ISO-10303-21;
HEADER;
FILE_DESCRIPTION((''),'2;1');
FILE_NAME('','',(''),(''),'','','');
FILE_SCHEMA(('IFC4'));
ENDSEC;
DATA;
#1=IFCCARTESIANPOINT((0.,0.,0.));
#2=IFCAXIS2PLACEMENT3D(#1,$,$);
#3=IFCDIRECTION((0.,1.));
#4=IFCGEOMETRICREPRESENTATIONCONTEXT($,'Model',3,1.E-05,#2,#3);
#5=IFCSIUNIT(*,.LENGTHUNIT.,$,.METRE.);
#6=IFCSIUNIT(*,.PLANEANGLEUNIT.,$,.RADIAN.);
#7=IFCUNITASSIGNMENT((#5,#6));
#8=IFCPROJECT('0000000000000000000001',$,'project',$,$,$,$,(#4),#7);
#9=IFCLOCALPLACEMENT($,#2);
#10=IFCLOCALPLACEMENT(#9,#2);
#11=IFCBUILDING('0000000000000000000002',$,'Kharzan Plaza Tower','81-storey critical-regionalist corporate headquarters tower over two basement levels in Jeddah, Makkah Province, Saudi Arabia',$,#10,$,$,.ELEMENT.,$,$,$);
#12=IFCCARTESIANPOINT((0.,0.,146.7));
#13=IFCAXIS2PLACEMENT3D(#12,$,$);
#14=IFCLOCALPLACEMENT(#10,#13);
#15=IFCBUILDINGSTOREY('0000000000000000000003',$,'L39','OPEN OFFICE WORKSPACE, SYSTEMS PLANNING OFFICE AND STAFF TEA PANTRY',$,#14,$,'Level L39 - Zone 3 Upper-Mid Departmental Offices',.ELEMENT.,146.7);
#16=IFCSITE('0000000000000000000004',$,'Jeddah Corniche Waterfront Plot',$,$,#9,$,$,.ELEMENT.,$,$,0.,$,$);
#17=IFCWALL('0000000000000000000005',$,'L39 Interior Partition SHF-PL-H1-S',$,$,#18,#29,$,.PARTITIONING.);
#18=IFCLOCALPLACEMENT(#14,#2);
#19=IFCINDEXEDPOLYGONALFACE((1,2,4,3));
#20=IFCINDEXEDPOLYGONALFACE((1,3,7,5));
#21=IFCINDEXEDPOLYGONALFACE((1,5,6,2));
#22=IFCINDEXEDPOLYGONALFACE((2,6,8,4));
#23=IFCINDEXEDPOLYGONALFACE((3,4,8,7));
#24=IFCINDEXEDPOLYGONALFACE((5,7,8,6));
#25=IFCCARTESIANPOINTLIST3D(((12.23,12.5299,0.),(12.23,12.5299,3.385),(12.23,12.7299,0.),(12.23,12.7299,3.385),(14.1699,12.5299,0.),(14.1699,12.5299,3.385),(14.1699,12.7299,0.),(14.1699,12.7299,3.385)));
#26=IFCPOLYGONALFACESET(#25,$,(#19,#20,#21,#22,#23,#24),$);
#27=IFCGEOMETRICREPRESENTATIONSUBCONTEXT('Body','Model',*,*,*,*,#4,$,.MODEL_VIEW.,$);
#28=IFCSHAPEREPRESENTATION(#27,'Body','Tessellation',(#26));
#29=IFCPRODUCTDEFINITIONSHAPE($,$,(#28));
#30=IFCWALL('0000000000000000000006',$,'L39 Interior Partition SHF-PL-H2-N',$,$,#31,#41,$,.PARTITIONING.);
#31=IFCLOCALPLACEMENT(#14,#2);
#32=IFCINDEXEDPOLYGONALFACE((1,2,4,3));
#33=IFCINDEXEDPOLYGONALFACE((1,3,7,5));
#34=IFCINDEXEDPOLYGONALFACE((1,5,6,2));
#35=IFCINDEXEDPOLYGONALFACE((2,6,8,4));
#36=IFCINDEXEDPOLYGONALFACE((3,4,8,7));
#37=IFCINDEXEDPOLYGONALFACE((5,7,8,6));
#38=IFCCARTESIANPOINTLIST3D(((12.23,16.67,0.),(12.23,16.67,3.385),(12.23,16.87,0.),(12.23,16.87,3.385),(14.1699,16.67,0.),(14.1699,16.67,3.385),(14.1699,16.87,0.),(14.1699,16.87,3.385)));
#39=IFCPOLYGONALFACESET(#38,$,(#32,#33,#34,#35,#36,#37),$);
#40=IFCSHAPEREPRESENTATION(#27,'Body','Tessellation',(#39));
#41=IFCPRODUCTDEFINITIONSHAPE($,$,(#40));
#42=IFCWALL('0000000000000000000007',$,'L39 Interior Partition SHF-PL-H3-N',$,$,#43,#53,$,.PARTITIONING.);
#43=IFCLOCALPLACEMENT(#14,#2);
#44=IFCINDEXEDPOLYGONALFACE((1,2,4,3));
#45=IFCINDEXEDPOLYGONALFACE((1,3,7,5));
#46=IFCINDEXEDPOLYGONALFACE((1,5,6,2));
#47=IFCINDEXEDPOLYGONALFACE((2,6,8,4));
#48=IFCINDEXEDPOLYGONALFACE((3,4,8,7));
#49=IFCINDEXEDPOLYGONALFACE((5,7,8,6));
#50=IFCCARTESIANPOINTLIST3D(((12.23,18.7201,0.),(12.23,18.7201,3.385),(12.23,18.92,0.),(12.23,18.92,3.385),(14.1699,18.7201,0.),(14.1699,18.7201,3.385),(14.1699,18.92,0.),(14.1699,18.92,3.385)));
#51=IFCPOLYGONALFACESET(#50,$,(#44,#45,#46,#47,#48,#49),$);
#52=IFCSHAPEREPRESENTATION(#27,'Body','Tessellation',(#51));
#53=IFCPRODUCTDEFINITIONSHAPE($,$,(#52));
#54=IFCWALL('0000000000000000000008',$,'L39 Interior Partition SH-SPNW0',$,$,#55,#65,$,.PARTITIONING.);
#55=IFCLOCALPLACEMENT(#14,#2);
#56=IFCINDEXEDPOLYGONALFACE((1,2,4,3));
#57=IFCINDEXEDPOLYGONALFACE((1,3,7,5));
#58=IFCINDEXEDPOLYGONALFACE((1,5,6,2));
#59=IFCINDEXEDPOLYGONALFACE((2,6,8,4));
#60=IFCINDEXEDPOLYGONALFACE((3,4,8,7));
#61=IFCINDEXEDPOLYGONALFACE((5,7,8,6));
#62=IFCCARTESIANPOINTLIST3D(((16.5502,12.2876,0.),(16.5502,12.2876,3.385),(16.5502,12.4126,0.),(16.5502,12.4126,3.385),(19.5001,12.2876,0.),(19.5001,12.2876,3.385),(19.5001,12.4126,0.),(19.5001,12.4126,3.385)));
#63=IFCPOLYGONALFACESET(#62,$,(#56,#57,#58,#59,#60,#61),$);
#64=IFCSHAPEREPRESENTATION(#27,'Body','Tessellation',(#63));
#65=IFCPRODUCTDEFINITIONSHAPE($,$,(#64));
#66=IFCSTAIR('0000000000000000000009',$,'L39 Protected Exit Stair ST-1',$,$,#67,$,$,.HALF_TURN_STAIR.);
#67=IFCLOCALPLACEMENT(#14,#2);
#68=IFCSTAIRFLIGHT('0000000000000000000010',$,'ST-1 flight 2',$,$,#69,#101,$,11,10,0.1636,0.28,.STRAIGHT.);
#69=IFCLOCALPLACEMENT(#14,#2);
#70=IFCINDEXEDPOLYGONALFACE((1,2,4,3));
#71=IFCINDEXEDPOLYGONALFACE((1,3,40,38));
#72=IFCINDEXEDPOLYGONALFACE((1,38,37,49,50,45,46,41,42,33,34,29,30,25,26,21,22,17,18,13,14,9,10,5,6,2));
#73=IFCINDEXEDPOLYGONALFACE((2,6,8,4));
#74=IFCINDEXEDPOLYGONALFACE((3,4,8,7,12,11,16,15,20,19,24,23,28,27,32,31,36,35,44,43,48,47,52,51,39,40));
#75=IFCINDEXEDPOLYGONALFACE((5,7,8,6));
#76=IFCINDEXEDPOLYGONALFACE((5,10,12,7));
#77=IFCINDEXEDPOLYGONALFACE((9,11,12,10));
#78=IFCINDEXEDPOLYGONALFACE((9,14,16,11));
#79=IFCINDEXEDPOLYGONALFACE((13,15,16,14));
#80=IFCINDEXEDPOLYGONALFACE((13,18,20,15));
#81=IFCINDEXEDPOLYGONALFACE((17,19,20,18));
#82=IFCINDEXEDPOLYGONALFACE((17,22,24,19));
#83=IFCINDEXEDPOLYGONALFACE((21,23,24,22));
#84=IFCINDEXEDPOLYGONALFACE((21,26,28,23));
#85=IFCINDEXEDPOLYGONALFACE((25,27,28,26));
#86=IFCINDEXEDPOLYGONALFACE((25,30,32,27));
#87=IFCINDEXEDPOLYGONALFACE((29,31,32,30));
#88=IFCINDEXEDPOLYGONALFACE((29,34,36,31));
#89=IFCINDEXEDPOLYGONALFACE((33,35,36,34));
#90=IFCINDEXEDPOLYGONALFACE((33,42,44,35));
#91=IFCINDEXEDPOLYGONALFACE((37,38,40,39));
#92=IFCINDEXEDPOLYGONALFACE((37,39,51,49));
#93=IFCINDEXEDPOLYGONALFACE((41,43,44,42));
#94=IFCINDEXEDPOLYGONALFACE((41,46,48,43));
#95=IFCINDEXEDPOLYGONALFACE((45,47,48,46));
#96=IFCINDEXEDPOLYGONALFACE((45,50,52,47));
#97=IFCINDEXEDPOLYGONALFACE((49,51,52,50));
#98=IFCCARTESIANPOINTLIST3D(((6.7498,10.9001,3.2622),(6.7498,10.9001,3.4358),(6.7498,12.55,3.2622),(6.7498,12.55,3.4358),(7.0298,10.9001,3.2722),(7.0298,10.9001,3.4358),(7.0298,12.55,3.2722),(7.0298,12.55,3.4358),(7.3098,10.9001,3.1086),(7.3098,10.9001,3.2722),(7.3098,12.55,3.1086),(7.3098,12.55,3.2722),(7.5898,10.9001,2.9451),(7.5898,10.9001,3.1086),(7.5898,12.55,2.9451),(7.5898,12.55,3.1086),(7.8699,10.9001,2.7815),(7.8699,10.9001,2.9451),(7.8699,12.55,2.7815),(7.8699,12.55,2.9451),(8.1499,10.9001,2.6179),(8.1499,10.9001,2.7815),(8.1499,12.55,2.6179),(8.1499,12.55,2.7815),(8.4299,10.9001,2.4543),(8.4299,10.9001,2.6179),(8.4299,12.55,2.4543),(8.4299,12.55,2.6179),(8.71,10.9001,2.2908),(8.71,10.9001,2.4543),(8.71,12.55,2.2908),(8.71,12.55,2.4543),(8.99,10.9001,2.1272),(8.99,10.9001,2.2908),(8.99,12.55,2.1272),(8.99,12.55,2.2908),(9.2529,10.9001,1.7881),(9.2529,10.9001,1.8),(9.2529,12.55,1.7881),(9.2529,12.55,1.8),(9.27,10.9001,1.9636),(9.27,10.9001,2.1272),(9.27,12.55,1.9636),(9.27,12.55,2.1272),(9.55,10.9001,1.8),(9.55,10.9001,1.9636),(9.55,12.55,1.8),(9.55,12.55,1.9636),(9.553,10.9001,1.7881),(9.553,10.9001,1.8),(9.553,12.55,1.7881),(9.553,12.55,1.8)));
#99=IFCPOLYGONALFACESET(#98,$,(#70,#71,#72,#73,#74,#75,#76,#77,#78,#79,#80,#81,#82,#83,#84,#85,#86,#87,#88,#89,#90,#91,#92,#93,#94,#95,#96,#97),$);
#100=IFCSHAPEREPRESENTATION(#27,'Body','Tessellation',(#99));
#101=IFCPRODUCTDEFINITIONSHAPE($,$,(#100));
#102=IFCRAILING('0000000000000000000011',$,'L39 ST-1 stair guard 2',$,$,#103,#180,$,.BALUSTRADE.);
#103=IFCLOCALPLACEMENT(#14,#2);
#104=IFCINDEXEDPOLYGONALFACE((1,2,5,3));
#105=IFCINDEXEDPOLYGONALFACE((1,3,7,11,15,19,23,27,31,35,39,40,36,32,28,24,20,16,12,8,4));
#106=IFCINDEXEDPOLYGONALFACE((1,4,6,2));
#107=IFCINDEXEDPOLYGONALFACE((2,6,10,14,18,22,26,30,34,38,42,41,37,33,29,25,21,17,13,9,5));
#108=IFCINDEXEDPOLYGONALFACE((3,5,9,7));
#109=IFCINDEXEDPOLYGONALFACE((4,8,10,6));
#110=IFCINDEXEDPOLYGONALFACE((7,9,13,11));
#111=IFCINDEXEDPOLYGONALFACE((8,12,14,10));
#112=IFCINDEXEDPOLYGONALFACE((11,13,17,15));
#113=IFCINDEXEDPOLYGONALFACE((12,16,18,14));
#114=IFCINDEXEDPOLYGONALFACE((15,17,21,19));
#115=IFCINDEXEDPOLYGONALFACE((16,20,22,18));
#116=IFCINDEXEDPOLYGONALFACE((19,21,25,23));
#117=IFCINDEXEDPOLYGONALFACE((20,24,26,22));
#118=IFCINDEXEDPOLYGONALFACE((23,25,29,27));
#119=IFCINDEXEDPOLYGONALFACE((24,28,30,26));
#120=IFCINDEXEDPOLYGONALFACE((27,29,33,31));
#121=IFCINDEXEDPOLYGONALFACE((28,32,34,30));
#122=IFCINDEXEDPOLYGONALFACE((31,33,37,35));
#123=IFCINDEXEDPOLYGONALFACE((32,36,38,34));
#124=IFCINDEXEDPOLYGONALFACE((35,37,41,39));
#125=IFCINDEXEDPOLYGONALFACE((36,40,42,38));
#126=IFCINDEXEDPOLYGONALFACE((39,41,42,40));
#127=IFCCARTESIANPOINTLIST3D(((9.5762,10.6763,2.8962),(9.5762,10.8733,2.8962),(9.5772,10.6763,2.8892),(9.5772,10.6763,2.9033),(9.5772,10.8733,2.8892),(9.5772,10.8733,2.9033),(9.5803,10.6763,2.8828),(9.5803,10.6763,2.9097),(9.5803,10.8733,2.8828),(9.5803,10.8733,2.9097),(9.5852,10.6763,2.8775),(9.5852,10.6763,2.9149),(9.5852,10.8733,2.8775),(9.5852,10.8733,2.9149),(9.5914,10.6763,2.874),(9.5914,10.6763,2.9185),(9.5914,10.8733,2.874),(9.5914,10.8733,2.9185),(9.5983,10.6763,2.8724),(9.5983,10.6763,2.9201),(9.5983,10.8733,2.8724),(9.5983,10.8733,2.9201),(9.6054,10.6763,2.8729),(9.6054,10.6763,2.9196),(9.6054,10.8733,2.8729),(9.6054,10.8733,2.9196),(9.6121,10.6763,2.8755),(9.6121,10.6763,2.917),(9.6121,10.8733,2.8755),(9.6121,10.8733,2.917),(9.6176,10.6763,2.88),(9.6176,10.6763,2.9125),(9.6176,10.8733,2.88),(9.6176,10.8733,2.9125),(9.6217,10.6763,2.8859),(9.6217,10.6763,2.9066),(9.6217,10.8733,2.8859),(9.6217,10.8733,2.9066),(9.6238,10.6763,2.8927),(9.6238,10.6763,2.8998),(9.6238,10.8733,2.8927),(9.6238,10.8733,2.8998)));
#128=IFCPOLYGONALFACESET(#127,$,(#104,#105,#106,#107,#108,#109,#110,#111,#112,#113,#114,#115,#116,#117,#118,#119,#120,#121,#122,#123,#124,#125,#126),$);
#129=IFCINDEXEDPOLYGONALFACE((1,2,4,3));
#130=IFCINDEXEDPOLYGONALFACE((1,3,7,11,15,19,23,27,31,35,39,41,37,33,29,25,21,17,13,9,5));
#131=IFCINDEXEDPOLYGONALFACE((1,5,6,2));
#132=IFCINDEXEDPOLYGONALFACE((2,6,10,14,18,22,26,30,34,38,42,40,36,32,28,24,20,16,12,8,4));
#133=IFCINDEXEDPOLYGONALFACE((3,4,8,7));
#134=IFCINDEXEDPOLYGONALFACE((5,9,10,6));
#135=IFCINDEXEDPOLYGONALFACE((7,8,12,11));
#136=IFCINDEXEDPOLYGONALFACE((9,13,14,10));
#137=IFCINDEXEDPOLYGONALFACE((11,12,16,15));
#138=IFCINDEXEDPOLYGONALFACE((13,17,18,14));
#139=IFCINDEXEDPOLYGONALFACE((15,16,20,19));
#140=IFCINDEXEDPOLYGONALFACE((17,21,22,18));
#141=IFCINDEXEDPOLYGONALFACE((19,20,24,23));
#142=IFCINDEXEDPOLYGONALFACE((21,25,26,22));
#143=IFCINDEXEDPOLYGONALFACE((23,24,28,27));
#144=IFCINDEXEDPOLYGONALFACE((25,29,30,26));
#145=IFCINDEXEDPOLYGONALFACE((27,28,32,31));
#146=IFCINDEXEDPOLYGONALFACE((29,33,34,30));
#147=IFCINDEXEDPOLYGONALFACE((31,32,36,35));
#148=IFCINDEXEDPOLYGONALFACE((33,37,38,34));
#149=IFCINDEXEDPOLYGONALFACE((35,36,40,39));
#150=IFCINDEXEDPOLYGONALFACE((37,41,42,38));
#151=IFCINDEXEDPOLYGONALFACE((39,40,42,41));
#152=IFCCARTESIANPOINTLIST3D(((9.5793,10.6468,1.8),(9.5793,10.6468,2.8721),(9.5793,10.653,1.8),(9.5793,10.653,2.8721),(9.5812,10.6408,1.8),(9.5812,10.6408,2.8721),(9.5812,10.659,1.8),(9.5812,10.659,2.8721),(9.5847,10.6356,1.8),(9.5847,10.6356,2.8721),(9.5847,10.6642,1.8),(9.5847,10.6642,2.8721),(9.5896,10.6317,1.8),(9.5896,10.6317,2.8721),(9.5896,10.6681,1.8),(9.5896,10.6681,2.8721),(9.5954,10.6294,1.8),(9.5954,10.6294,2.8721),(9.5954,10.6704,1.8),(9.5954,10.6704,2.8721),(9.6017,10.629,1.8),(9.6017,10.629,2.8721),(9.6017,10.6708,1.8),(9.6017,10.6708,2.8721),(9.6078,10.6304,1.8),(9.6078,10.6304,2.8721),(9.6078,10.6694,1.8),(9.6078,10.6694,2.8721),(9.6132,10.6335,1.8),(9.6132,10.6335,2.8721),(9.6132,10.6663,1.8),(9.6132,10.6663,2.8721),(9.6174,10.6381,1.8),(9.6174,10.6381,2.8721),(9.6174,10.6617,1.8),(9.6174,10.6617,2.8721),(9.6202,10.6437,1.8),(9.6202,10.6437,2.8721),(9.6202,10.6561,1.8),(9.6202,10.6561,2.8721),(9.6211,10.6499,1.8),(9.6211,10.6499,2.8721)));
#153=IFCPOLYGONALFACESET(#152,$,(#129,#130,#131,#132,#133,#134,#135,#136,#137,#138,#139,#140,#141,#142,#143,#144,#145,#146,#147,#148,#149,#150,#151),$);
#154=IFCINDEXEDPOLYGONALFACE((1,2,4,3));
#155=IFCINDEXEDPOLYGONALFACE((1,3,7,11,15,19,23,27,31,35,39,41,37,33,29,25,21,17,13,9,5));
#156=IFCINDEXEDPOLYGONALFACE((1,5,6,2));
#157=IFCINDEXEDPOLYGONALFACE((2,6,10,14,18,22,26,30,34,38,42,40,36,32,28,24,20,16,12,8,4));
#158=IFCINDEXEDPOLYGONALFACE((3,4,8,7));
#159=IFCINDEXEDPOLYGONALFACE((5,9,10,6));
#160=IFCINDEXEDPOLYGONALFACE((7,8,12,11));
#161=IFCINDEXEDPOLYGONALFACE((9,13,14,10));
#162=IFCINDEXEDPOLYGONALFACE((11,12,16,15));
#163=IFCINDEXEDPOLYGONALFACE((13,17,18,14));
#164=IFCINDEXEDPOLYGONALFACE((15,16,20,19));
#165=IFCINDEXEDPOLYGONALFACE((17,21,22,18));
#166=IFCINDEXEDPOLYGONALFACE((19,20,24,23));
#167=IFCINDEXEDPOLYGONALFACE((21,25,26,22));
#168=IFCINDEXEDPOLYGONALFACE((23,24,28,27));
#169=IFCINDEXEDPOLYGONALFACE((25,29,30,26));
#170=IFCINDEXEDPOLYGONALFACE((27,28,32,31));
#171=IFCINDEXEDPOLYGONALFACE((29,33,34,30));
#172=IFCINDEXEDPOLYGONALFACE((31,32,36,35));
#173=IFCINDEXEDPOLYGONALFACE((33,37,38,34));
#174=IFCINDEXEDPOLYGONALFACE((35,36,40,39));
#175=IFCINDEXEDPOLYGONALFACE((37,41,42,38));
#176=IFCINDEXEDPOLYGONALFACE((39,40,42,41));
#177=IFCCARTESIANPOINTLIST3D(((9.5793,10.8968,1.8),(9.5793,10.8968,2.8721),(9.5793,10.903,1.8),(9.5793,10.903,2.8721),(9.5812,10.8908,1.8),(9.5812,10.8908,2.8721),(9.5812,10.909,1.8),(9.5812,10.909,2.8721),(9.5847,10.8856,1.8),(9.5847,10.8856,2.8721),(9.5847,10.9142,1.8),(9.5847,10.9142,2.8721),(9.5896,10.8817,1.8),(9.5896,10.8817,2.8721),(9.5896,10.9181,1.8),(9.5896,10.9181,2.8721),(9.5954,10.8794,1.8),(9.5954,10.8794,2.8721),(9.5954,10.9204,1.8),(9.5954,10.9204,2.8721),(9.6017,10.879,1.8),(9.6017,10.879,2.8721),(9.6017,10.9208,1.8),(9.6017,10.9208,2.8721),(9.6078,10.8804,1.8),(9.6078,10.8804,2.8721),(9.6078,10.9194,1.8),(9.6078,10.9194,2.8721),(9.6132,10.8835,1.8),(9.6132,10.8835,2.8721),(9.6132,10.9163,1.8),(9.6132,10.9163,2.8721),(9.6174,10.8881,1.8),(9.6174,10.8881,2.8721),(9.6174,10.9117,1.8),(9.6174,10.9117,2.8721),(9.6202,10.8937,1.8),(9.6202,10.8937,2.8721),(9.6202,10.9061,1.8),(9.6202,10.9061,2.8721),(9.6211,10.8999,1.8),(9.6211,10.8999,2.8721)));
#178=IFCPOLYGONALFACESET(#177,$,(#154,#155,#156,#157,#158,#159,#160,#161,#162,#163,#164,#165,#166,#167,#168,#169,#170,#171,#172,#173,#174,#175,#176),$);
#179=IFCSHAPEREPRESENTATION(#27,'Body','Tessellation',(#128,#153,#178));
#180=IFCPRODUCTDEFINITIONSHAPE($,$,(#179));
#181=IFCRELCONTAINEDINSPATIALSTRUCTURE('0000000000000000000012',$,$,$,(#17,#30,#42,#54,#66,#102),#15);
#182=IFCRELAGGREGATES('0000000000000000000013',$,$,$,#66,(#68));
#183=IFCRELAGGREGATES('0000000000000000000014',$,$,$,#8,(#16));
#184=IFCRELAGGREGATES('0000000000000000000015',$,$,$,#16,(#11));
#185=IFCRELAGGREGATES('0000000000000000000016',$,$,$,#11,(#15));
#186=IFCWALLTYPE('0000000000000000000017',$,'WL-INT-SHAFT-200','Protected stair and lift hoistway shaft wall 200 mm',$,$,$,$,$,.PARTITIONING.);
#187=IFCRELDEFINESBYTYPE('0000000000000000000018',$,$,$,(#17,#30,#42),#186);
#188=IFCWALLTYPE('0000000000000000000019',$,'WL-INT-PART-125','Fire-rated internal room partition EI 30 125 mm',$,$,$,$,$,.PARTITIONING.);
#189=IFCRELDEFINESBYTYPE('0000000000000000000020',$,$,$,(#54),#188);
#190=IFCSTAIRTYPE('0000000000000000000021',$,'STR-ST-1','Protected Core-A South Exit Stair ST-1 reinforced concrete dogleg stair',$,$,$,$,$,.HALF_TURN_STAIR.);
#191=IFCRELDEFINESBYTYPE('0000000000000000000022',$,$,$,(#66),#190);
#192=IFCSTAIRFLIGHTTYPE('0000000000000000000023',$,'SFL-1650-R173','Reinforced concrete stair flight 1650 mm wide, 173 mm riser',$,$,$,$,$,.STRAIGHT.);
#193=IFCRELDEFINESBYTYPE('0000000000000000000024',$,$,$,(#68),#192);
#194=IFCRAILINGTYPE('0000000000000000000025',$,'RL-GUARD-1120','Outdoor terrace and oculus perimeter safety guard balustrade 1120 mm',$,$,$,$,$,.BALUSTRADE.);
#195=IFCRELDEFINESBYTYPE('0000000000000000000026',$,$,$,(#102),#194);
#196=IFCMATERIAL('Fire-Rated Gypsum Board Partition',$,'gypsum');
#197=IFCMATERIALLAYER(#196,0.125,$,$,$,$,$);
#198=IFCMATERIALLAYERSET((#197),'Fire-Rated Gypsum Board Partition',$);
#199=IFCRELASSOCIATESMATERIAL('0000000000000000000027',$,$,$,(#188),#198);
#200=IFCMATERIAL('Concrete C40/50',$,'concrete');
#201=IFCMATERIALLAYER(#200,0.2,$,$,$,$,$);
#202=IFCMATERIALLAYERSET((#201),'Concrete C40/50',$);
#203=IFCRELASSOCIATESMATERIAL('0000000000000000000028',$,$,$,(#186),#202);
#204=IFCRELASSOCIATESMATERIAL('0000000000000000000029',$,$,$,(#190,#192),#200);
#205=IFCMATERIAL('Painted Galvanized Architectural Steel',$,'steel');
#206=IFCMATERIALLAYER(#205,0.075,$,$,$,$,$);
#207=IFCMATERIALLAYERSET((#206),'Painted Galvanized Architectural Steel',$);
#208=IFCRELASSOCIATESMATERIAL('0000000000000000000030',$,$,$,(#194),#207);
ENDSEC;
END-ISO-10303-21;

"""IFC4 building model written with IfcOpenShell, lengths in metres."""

from ifc_helpers import new_model, si_unit, direction, frame, frame_2d, origin, origin_2d, place, context, subcontext, project, spatial, polyline, rectangle, circle, outline, extrude, source, transform, mapped, material, layer, layer_set, type_object, element, aggregate, save


model = new_model("IFC4")

# Units and contexts
model_context = context("Model", 3, precision=1e-05, world=origin(), true_north=direction((0.0, 1.0)))
body_context = subcontext(model_context, "Body", "Model", "MODEL_VIEW")
ifc_project = project(units=[si_unit("LENGTHUNIT", "METRE"), si_unit("PLANEANGLEUNIT", "RADIAN")], contexts=[model_context])

# Site, building, storey
site_placement = place(None, origin())
site = spatial("IfcSite", under=ifc_project, at=site_placement, Name="Jeddah Corniche Waterfront Plot", CompositionType="ELEMENT", RefElevation=0.0)
building_placement = place(site_placement, origin())
building = spatial("IfcBuilding", under=site, at=building_placement, Name="Kharzan Plaza Tower", Description="81-storey critical-regionalist corporate headquarters tower over two basement levels in Jeddah, Makkah Province, Saudi Arabia", CompositionType="ELEMENT")
storey_placement = place(building_placement, frame((0.0, 0.0, 146.7)))
storey = spatial("IfcBuildingStorey", under=building, at=storey_placement, Name="L39", Description="OPEN OFFICE WORKSPACE, SYSTEMS PLANNING OFFICE AND STAFF TEA PANTRY", LongName="Level L39 - Zone 3 Upper-Mid Departmental Offices", CompositionType="ELEMENT", Elevation=146.7)

# Shared definitions
ifc_material_1 = material(Name="Fire-Rated Gypsum Board Partition", Category="gypsum")
ifc_layer_1 = layer(ifc_material_1, 0.125)
ifc_layer_set_1 = layer_set([ifc_layer_1], Name="Fire-Rated Gypsum Board Partition")
wall_type_1 = type_object("IfcWallType", Name="WL-INT-PART-125", Description="Fire-rated internal room partition EI 30 125 mm", PredefinedType="PARTITIONING", material=ifc_layer_set_1)
ifc_material_2 = material(Name="Concrete C40/50", Category="concrete")
ifc_layer_2 = layer(ifc_material_2, 0.2)
ifc_layer_set_2 = layer_set([ifc_layer_2], Name="Concrete C40/50")
wall_type_2 = type_object("IfcWallType", Name="WL-INT-SHAFT-200", Description="Protected stair and lift hoistway shaft wall 200 mm", PredefinedType="PARTITIONING", material=ifc_layer_set_2)

# Walls
shared_shape_1 = source(origin(), body_context, "Body", "SweptSolid", [
    extrude(rectangle(XDim=1.9399, YDim=0.2, at=frame_2d((0.97, 0.0))), origin(), (0.0, 0.0, 1.0), 3.385),
])
for number, where, z_axis, x_axis, name in (
    (1, (12.23, 12.6299, 0.0), (0.0, 0.0, 1.0), (1.0, 0.0, 0.0), "L39 Interior Partition SHF-PL-H1-S"),
    (2, (12.23, 16.77, 0.0), (0.0, 0.0, 1.0), (1.0, 0.0, 0.0), "L39 Interior Partition SHF-PL-H2-N"),
    (3, (12.23, 18.8201, 0.0), (0.0, 0.0, 1.0), (1.0, 0.0, 0.0), "L39 Interior Partition SHF-PL-H3-N"),
):
    element("IfcWall", number, at=place(storey_placement, frame(where, z_axis=z_axis, x_axis=x_axis)), inside=storey, type_object=wall_type_2, Name=name, PredefinedType="PARTITIONING", context=body_context, shape_type="MappedRepresentation", body=[
        mapped(shared_shape_1, transform((0.0, 0.0, 0.0), x_axis=(1.0, 0.0, 0.0), y_axis=(0.0, 1.0, 0.0), z_axis=(0.0, 0.0, 1.0))),
    ])
shared_shape_2 = source(origin(), body_context, "Body", "SweptSolid", [
    extrude(rectangle(XDim=2.95, YDim=0.125, at=frame_2d((1.4751, 0.0))), origin(), (0.0, 0.0, 1.0), 3.385),
])
wall_1_placement = place(storey_placement, frame((16.55, 12.3501, 0.0), z_axis=(0.0, 0.0, 1.0), x_axis=(1.0, 0.0, 0.0)))
element("IfcWall", 4, at=wall_1_placement, inside=storey, type_object=wall_type_1, Name="L39 Interior Partition SH-SPNW0", PredefinedType="PARTITIONING", context=body_context, shape_type="MappedRepresentation", body=[
    mapped(shared_shape_2, transform((0.0, 0.0, 0.0), x_axis=(1.0, 0.0, 0.0), y_axis=(0.0, 1.0, 0.0), z_axis=(0.0, 0.0, 1.0))),
])

# Stair, stair flight
stair_type = type_object("IfcStairType", Name="STR-ST-1", Description="Protected Core-A South Exit Stair ST-1 reinforced concrete dogleg stair", PredefinedType="HALF_TURN_STAIR", material=ifc_material_2)
stair_placement = place(storey_placement, origin())
stair = element("IfcStair", 5, at=stair_placement, inside=storey, type_object=stair_type, Name="L39 Protected Exit Stair ST-1", PredefinedType="HALF_TURN_STAIR")
stair_flight_type = type_object("IfcStairFlightType", Name="SFL-1650-R173", Description="Reinforced concrete stair flight 1650 mm wide, 173 mm riser", PredefinedType="STRAIGHT", material=ifc_material_2)
shared_shape_3 = source(origin(), body_context, "Body", "SweptSolid", [
    extrude(outline(polyline([(-0.0029, -0.012), (-0.0029, 0.0), (0.0, 0.0), (0.0, 0.1636), (0.28, 0.1636), (0.28, 0.3271), (0.5601, 0.3271), (0.5601, 0.4907), (0.8401, 0.4907), (0.8401, 0.6543), (1.1201, 0.6543), (1.1201, 0.8179), (1.4001, 0.8179), (1.4001, 0.9814), (1.6802, 0.9814), (1.6802, 1.145), (1.9602, 1.145), (1.9602, 1.3086), (2.2402, 1.3086), (2.2402, 1.4722), (2.5203, 1.4722), (2.5203, 1.6357), (2.8003, 1.6357), (2.8003, 1.7993), (2.8003, 1.4622), (0.2971, 0.0), (0.2971, -0.012), (-0.0029, -0.012)])), frame((0.0, 0.825, 0.0), z_axis=(0.0, -1.0, 0.0), x_axis=(1.0, 0.0, 0.0)), (0.0, 0.0, 1.0), 1.6499),
])
stair_flight_placement = place(storey_placement, frame((9.55, 11.7251, 1.8), z_axis=(0.0, 0.0, 1.0), x_axis=(-1.0, 0.0, 0.0)))
stair_flight = element("IfcStairFlight", 6, at=stair_flight_placement, type_object=stair_flight_type, Name="ST-1 flight 2", NumberOfRisers=11, NumberOfTreads=10, PredefinedType="STRAIGHT", RiserHeight=0.1636, TreadLength=0.28, context=body_context, shape_type="MappedRepresentation", body=[
    mapped(shared_shape_3, transform((0.0, 0.0, 0.0), x_axis=(1.0, 0.0, 0.0), y_axis=(0.0, 1.0, 0.0), z_axis=(0.0, 0.0, 1.0))),
])
aggregate(stair, [stair_flight])

# Railing
ifc_material_3 = material(Name="Painted Galvanized Architectural Steel", Category="steel")
ifc_layer_3 = layer(ifc_material_3, 0.075)
ifc_layer_set_3 = layer_set([ifc_layer_3], Name="Painted Galvanized Architectural Steel")
railing_type_1 = type_object("IfcRailingType", Name="RL-GUARD-1120", Description="Outdoor terrace and oculus perimeter safety guard balustrade 1120 mm", PredefinedType="BALUSTRADE", material=ifc_layer_set_3)
shared_shape_4 = source(origin(), body_context, "Body", "SweptSolid", [
    extrude(circle(Radius=0.0239, at=origin_2d()), frame((0.0, 0.0264, 1.0962), z_axis=(0.0, 1.0, 0.0), x_axis=(-1.0, 0.0, 0.0)), (0.0, 0.0, 1.0), 0.197),
    extrude(circle(Radius=0.021, at=origin_2d()), origin(), (0.0, 0.0, 1.0), 1.072),
    extrude(circle(Radius=0.021, at=origin_2d()), frame((0.0, 0.25, 0.0)), (0.0, 0.0, 1.0), 1.072),
])
railing_1_placement = place(storey_placement, frame((9.6001, 10.6499, 1.8)))
element("IfcRailing", 7, at=railing_1_placement, inside=storey, type_object=railing_type_1, Name="L39 ST-1 stair guard 2", PredefinedType="BALUSTRADE", context=body_context, shape_type="MappedRepresentation", body=[
    mapped(shared_shape_4, transform((0.0, 0.0, 0.0), x_axis=(1.0, 0.0, 0.0), y_axis=(0.0, 1.0, 0.0), z_axis=(0.0, 0.0, 1.0))),
])

save(model, "model.ifc")
